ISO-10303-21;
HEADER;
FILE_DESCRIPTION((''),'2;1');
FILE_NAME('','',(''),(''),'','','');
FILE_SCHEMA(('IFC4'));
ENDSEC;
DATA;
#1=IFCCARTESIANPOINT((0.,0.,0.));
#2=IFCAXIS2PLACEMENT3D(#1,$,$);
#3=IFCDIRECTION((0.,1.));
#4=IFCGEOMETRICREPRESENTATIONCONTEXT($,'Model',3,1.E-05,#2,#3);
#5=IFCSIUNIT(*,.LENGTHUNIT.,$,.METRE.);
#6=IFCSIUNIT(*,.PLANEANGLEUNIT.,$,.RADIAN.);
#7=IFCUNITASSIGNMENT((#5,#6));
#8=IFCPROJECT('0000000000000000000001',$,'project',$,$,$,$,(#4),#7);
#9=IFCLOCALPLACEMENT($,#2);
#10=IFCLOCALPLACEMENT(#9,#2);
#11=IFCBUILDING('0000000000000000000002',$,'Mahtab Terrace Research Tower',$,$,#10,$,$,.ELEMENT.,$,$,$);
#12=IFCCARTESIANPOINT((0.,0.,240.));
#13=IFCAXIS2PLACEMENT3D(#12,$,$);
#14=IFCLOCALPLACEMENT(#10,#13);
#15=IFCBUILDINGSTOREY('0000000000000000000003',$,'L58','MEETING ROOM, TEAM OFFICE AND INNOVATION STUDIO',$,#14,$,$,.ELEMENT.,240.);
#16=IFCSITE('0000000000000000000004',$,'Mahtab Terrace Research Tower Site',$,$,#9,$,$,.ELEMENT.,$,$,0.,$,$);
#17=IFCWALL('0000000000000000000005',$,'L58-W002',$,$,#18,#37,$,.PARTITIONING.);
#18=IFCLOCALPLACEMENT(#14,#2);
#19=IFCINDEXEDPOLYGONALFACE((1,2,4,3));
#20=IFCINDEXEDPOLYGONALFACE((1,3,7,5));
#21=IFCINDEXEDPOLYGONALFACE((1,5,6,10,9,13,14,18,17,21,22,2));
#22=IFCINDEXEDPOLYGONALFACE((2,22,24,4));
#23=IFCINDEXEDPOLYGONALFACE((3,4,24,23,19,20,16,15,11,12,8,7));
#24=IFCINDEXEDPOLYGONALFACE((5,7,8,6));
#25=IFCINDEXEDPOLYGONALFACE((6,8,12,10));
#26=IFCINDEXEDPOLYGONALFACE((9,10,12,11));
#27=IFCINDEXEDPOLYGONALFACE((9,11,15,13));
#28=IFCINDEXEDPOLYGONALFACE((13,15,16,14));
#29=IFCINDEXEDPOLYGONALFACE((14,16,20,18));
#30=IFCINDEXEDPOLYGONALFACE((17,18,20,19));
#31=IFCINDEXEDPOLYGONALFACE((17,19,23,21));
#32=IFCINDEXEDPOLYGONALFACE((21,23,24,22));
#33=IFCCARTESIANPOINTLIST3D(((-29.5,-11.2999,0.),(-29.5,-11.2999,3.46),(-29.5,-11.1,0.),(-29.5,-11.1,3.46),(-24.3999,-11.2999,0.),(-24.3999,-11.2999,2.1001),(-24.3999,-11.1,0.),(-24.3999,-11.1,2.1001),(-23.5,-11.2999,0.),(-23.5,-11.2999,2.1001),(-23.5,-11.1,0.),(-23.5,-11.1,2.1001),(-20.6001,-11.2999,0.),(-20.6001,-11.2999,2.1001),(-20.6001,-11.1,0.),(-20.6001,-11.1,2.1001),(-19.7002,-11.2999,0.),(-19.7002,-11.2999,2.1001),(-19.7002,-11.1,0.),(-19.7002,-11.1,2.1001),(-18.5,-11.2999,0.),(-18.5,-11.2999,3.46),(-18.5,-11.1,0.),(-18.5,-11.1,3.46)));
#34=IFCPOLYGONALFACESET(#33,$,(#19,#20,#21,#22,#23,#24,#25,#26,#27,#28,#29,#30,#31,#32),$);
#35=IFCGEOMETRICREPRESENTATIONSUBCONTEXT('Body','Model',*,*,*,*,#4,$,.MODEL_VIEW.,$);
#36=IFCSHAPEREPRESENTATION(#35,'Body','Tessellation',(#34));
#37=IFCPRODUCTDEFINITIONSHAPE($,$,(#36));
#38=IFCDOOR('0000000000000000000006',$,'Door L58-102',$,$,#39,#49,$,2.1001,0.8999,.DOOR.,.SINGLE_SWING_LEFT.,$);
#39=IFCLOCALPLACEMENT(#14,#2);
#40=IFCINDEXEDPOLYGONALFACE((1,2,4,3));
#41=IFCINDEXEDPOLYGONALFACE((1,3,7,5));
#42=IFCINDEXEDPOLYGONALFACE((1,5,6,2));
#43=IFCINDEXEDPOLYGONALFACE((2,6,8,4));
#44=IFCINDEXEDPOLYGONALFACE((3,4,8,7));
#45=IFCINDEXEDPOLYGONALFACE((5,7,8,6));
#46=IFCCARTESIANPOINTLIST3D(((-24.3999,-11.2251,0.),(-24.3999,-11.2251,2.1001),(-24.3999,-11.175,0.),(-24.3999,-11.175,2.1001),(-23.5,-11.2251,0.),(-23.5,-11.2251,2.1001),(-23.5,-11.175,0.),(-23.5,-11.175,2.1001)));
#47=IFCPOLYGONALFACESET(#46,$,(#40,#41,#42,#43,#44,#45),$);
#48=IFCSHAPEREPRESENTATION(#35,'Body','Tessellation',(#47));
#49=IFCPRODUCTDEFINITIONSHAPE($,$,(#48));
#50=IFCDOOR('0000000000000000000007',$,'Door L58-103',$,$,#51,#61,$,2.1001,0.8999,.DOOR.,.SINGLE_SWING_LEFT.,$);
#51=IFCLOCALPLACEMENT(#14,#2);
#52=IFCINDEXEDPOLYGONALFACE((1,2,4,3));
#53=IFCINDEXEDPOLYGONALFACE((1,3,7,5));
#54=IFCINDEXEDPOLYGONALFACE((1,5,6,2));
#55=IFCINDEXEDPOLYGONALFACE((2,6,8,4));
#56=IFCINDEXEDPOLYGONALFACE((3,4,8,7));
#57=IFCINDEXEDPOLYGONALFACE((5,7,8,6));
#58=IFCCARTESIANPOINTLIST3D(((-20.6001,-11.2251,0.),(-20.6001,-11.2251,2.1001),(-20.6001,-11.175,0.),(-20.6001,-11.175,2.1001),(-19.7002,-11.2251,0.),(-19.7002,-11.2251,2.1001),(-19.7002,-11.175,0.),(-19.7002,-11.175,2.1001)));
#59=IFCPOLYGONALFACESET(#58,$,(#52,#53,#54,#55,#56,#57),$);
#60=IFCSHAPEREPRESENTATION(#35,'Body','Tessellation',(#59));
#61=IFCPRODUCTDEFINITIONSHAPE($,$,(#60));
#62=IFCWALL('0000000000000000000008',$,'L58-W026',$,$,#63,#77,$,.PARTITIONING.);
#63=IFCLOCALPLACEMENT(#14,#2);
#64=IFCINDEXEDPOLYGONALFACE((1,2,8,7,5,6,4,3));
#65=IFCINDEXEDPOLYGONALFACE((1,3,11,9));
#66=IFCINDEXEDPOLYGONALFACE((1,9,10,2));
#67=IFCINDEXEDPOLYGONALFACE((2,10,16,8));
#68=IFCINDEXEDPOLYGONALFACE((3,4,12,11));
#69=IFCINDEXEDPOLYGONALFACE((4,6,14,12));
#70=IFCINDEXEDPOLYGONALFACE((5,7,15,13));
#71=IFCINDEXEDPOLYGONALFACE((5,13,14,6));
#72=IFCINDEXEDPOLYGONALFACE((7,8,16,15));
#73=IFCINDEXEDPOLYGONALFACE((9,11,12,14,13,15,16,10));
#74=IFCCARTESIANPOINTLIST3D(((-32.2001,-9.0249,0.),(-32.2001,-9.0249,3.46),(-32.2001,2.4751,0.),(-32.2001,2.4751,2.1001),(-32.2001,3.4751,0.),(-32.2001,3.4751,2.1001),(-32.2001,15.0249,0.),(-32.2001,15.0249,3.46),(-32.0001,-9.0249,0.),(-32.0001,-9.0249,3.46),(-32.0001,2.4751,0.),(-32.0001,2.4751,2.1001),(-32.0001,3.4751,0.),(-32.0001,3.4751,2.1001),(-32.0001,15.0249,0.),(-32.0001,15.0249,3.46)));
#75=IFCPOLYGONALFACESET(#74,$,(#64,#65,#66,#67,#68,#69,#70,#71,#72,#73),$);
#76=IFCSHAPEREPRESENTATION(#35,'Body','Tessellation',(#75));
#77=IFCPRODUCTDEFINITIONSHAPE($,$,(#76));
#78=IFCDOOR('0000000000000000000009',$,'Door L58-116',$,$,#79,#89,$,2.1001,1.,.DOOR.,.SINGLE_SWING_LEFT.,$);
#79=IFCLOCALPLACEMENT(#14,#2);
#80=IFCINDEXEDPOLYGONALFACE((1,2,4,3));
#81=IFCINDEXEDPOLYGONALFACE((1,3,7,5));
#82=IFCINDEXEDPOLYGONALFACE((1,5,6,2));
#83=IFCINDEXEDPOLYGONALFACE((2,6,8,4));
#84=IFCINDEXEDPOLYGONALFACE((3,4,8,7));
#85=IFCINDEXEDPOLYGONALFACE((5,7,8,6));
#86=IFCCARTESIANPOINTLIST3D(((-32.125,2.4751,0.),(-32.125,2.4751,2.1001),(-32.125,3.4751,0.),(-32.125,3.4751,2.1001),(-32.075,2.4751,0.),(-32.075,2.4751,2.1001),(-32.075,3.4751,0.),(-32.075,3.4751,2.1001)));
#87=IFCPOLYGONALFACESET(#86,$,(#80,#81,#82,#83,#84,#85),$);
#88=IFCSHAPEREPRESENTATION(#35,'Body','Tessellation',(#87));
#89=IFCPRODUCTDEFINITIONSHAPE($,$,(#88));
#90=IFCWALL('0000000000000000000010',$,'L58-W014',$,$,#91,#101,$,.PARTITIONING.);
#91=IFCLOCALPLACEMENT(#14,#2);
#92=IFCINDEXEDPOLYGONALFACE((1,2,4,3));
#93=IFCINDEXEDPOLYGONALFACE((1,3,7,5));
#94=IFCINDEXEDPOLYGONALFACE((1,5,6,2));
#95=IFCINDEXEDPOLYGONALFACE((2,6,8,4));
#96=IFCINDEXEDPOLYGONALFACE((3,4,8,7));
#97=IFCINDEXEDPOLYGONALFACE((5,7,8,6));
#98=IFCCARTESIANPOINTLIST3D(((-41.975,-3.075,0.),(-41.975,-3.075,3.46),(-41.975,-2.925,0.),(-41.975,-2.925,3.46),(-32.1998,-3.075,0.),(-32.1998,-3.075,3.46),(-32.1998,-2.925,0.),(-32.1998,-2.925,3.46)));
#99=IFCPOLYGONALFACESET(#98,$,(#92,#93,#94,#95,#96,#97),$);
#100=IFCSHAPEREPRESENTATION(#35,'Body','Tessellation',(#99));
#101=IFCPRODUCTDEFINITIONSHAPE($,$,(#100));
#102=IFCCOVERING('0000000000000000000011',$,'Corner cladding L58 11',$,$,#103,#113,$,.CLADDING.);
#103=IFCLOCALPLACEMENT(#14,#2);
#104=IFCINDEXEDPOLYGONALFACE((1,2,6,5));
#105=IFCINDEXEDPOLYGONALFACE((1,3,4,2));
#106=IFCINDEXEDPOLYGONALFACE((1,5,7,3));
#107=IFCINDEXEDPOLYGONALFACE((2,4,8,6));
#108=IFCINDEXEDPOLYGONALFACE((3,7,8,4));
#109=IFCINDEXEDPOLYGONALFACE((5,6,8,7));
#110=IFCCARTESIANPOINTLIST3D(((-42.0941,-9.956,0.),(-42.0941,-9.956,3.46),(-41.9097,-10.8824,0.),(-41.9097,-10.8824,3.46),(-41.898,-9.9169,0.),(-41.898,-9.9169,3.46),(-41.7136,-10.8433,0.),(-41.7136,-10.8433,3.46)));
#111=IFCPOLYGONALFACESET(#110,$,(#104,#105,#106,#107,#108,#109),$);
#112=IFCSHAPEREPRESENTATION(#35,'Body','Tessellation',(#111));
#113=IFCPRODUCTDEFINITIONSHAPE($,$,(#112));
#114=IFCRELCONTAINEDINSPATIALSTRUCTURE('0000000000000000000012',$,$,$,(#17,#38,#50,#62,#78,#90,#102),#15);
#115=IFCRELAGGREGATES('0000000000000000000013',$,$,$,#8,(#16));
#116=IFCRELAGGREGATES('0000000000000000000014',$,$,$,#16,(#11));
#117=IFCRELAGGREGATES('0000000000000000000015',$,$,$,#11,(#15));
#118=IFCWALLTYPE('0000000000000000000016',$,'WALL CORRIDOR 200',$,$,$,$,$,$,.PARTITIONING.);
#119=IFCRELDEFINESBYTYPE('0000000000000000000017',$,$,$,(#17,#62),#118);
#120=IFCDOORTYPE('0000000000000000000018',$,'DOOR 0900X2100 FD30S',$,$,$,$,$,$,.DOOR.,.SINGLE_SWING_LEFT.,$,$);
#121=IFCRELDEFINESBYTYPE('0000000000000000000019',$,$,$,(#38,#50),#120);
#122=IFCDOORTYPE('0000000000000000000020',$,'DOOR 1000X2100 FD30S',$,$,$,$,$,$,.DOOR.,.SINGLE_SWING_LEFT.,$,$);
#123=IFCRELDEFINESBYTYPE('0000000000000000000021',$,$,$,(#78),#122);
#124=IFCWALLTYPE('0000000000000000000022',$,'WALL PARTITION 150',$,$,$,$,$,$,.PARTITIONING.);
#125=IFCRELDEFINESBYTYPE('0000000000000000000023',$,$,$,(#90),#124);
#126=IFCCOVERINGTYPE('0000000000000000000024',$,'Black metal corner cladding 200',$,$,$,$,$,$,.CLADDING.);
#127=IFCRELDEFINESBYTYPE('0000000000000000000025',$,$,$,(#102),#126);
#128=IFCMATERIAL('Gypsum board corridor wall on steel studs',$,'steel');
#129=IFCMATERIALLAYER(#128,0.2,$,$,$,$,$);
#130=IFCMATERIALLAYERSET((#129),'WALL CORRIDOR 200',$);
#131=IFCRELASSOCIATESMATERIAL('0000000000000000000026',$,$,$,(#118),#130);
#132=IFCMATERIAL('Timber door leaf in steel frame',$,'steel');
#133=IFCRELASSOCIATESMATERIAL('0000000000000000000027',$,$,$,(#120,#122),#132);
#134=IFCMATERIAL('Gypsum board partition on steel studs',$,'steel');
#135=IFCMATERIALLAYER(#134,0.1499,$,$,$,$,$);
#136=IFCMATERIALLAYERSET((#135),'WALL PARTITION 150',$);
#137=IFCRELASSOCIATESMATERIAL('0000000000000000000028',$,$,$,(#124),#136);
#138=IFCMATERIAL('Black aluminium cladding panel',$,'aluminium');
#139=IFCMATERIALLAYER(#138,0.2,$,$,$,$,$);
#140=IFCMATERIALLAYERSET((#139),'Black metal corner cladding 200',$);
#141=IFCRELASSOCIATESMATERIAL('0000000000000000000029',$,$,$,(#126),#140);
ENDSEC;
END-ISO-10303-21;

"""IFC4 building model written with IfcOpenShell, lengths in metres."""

from ifc_helpers import new_model, si_unit, direction, frame, frame_2d, origin, origin_2d, place, context, subcontext, project, spatial, rectangle, extrude, material, layer, layer_set, type_object, element, fill, save


model = new_model("IFC4")

# Units and contexts
model_context = context("Model", 3, precision=1e-05, world=origin(), true_north=direction((0.0, 1.0)))
body_context = subcontext(model_context, "Body", "Model", "MODEL_VIEW")
ifc_project = project(units=[si_unit("LENGTHUNIT", "METRE"), si_unit("PLANEANGLEUNIT", "RADIAN")], contexts=[model_context])

# Site, building, storey
site_placement = place(None, origin())
site = spatial("IfcSite", under=ifc_project, at=site_placement, Name="Mahtab Terrace Research Tower Site", CompositionType="ELEMENT", RefElevation=0.0)
building_placement = place(site_placement, origin())
building = spatial("IfcBuilding", under=site, at=building_placement, Name="Mahtab Terrace Research Tower", CompositionType="ELEMENT")
storey_placement = place(building_placement, frame((0.0, 0.0, 240.0)))
storey = spatial("IfcBuildingStorey", under=building, at=storey_placement, Name="L58", Description="MEETING ROOM, TEAM OFFICE AND INNOVATION STUDIO", CompositionType="ELEMENT", Elevation=240.0)

# Wall, openings, doors
ifc_material_1 = material(Name="Gypsum board corridor wall on steel studs", Category="steel")
ifc_layer_1 = layer(ifc_material_1, 0.2)
ifc_layer_set_1 = layer_set([ifc_layer_1], Name="WALL CORRIDOR 200")
wall_type_1 = type_object("IfcWallType", Name="WALL CORRIDOR 200", PredefinedType="PARTITIONING", material=ifc_layer_set_1)
wall_1_placement = place(storey_placement, frame((-29.5, -11.2, 0.0), z_axis=(0.0, 0.0, 1.0), x_axis=(1.0, 0.0, 0.0)))
wall_1 = element("IfcWall", 1, at=wall_1_placement, inside=storey, type_object=wall_type_1, Name="L58-W002", PredefinedType="PARTITIONING", context=body_context, shape_type="SweptSolid", body=[
    extrude(rectangle(XDim=11.0, YDim=0.2, at=frame_2d((5.5, 0.0))), origin(), (0.0, 0.0, 1.0), 3.46),
])
opening_1_placement = place(wall_1_placement, frame((5.1001, 0.0, 0.0)))
opening_1 = element("IfcOpeningElement", 2, at=opening_1_placement, cuts=wall_1, PredefinedType="OPENING", context=body_context, shape_type="SweptSolid", body=[
    extrude(rectangle(XDim=0.8999, YDim=2.1001, at=frame_2d((0.45, 1.05))), frame((0.0, 0.1099, 0.0), z_axis=(0.0, -1.0, 0.0), x_axis=(1.0, 0.0, 0.0)), (0.0, 0.0, 1.0), 0.22),
])
opening_2_placement = place(wall_1_placement, frame((8.8999, 0.0, 0.0)))
opening_2 = element("IfcOpeningElement", 3, at=opening_2_placement, cuts=wall_1, PredefinedType="OPENING", context=body_context, shape_type="SweptSolid", body=[
    extrude(rectangle(XDim=0.8999, YDim=2.1001, at=frame_2d((0.45, 1.05))), frame((0.0, 0.1099, 0.0), z_axis=(0.0, -1.0, 0.0), x_axis=(1.0, 0.0, 0.0)), (0.0, 0.0, 1.0), 0.22),
])
ifc_material_2 = material(Name="Timber door leaf in steel frame", Category="steel")
door_type_1 = type_object("IfcDoorType", Name="DOOR 0900X2100 FD30S", OperationType="SINGLE_SWING_LEFT", PredefinedType="DOOR", material=ifc_material_2)
door_1_placement = place(opening_1_placement, origin())
door_1 = element("IfcDoor", 4, at=door_1_placement, inside=storey, type_object=door_type_1, Name="Door L58-102", OperationType="SINGLE_SWING_LEFT", OverallHeight=2.1001, OverallWidth=0.8999, PredefinedType="DOOR", context=body_context, shape_type="SweptSolid", body=[
    extrude(rectangle(XDim=0.8999, YDim=2.1001, at=frame_2d((0.45, 1.05))), frame((0.0, 0.0249, 0.0), z_axis=(0.0, -1.0, 0.0), x_axis=(1.0, 0.0, 0.0)), (0.0, 0.0, 1.0), 0.05),
])
fill(opening_1, door_1)
door_2_placement = place(opening_2_placement, origin())
door_2 = element("IfcDoor", 5, at=door_2_placement, inside=storey, type_object=door_type_1, Name="Door L58-103", OperationType="SINGLE_SWING_LEFT", OverallHeight=2.1001, OverallWidth=0.8999, PredefinedType="DOOR", context=body_context, shape_type="SweptSolid", body=[
    extrude(rectangle(XDim=0.8999, YDim=2.1001, at=frame_2d((0.45, 1.05))), frame((0.0, 0.0249, 0.0), z_axis=(0.0, -1.0, 0.0), x_axis=(1.0, 0.0, 0.0)), (0.0, 0.0, 1.0), 0.05),
])
fill(opening_2, door_2)

# Wall, opening, door
wall_2_placement = place(storey_placement, frame((-32.1001, -9.0249, 0.0), z_axis=(0.0, 0.0, 1.0), x_axis=(0.0, 1.0, 0.0)))
wall_2 = element("IfcWall", 6, at=wall_2_placement, inside=storey, type_object=wall_type_1, Name="L58-W026", PredefinedType="PARTITIONING", context=body_context, shape_type="SweptSolid", body=[
    extrude(rectangle(XDim=24.0498, YDim=0.2, at=frame_2d((12.0249, 0.0))), origin(), (0.0, 0.0, 1.0), 3.46),
])
opening_3_placement = place(wall_2_placement, frame((11.5, 0.0, 0.0)))
opening_3 = element("IfcOpeningElement", 7, at=opening_3_placement, cuts=wall_2, PredefinedType="OPENING", context=body_context, shape_type="SweptSolid", body=[
    extrude(rectangle(XDim=1.0, YDim=2.1001, at=frame_2d((0.5, 1.05))), frame((0.0, 0.1099, 0.0), z_axis=(0.0, -1.0, 0.0), x_axis=(1.0, 0.0, 0.0)), (0.0, 0.0, 1.0), 0.22),
])
door_type_2 = type_object("IfcDoorType", Name="DOOR 1000X2100 FD30S", OperationType="SINGLE_SWING_LEFT", PredefinedType="DOOR", material=ifc_material_2)
door_3_placement = place(opening_3_placement, origin())
door_3 = element("IfcDoor", 8, at=door_3_placement, inside=storey, type_object=door_type_2, Name="Door L58-116", OperationType="SINGLE_SWING_LEFT", OverallHeight=2.1001, OverallWidth=1.0, PredefinedType="DOOR", context=body_context, shape_type="SweptSolid", body=[
    extrude(rectangle(XDim=1.0, YDim=2.1001, at=frame_2d((0.5, 1.05))), frame((0.0, 0.0249, 0.0), z_axis=(0.0, -1.0, 0.0), x_axis=(1.0, 0.0, 0.0)), (0.0, 0.0, 1.0), 0.05),
])
fill(opening_3, door_3)

# Wall
ifc_material_3 = material(Name="Gypsum board partition on steel studs", Category="steel")
ifc_layer_2 = layer(ifc_material_3, 0.1499)
ifc_layer_set_2 = layer_set([ifc_layer_2], Name="WALL PARTITION 150")
wall_type_2 = type_object("IfcWallType", Name="WALL PARTITION 150", PredefinedType="PARTITIONING", material=ifc_layer_set_2)
wall_3_placement = place(storey_placement, frame((-41.9751, -3.0, 0.0), z_axis=(0.0, 0.0, 1.0), x_axis=(1.0, 0.0, 0.0)))
element("IfcWall", 9, at=wall_3_placement, inside=storey, type_object=wall_type_2, Name="L58-W014", PredefinedType="PARTITIONING", context=body_context, shape_type="SweptSolid", body=[
    extrude(rectangle(XDim=9.7751, YDim=0.1499, at=frame_2d((4.8877, 0.0))), origin(), (0.0, 0.0, 1.0), 3.46),
])

# Covering
ifc_material_4 = material(Name="Black aluminium cladding panel", Category="aluminium")
ifc_layer_3 = layer(ifc_material_4, 0.2)
ifc_layer_set_3 = layer_set([ifc_layer_3], Name="Black metal corner cladding 200")
covering_type = type_object("IfcCoveringType", Name="Black metal corner cladding 200", PredefinedType="CLADDING", material=ifc_layer_set_3)
covering_placement = place(storey_placement, frame((-41.9038, -10.3997, 0.0), z_axis=(0.0, 0.0, 1.0), x_axis=(0.195212, -0.980761, 0.0)))
element("IfcCovering", 10, at=covering_placement, inside=storey, type_object=covering_type, Name="Corner cladding L58 11", PredefinedType="CLADDING", context=body_context, shape_type="SweptSolid", body=[
    extrude(rectangle(XDim=0.9446, YDim=0.2, at=origin_2d()), origin(), (0.0, 0.0, 1.0), 3.46),
])

save(model, "model.ifc")
